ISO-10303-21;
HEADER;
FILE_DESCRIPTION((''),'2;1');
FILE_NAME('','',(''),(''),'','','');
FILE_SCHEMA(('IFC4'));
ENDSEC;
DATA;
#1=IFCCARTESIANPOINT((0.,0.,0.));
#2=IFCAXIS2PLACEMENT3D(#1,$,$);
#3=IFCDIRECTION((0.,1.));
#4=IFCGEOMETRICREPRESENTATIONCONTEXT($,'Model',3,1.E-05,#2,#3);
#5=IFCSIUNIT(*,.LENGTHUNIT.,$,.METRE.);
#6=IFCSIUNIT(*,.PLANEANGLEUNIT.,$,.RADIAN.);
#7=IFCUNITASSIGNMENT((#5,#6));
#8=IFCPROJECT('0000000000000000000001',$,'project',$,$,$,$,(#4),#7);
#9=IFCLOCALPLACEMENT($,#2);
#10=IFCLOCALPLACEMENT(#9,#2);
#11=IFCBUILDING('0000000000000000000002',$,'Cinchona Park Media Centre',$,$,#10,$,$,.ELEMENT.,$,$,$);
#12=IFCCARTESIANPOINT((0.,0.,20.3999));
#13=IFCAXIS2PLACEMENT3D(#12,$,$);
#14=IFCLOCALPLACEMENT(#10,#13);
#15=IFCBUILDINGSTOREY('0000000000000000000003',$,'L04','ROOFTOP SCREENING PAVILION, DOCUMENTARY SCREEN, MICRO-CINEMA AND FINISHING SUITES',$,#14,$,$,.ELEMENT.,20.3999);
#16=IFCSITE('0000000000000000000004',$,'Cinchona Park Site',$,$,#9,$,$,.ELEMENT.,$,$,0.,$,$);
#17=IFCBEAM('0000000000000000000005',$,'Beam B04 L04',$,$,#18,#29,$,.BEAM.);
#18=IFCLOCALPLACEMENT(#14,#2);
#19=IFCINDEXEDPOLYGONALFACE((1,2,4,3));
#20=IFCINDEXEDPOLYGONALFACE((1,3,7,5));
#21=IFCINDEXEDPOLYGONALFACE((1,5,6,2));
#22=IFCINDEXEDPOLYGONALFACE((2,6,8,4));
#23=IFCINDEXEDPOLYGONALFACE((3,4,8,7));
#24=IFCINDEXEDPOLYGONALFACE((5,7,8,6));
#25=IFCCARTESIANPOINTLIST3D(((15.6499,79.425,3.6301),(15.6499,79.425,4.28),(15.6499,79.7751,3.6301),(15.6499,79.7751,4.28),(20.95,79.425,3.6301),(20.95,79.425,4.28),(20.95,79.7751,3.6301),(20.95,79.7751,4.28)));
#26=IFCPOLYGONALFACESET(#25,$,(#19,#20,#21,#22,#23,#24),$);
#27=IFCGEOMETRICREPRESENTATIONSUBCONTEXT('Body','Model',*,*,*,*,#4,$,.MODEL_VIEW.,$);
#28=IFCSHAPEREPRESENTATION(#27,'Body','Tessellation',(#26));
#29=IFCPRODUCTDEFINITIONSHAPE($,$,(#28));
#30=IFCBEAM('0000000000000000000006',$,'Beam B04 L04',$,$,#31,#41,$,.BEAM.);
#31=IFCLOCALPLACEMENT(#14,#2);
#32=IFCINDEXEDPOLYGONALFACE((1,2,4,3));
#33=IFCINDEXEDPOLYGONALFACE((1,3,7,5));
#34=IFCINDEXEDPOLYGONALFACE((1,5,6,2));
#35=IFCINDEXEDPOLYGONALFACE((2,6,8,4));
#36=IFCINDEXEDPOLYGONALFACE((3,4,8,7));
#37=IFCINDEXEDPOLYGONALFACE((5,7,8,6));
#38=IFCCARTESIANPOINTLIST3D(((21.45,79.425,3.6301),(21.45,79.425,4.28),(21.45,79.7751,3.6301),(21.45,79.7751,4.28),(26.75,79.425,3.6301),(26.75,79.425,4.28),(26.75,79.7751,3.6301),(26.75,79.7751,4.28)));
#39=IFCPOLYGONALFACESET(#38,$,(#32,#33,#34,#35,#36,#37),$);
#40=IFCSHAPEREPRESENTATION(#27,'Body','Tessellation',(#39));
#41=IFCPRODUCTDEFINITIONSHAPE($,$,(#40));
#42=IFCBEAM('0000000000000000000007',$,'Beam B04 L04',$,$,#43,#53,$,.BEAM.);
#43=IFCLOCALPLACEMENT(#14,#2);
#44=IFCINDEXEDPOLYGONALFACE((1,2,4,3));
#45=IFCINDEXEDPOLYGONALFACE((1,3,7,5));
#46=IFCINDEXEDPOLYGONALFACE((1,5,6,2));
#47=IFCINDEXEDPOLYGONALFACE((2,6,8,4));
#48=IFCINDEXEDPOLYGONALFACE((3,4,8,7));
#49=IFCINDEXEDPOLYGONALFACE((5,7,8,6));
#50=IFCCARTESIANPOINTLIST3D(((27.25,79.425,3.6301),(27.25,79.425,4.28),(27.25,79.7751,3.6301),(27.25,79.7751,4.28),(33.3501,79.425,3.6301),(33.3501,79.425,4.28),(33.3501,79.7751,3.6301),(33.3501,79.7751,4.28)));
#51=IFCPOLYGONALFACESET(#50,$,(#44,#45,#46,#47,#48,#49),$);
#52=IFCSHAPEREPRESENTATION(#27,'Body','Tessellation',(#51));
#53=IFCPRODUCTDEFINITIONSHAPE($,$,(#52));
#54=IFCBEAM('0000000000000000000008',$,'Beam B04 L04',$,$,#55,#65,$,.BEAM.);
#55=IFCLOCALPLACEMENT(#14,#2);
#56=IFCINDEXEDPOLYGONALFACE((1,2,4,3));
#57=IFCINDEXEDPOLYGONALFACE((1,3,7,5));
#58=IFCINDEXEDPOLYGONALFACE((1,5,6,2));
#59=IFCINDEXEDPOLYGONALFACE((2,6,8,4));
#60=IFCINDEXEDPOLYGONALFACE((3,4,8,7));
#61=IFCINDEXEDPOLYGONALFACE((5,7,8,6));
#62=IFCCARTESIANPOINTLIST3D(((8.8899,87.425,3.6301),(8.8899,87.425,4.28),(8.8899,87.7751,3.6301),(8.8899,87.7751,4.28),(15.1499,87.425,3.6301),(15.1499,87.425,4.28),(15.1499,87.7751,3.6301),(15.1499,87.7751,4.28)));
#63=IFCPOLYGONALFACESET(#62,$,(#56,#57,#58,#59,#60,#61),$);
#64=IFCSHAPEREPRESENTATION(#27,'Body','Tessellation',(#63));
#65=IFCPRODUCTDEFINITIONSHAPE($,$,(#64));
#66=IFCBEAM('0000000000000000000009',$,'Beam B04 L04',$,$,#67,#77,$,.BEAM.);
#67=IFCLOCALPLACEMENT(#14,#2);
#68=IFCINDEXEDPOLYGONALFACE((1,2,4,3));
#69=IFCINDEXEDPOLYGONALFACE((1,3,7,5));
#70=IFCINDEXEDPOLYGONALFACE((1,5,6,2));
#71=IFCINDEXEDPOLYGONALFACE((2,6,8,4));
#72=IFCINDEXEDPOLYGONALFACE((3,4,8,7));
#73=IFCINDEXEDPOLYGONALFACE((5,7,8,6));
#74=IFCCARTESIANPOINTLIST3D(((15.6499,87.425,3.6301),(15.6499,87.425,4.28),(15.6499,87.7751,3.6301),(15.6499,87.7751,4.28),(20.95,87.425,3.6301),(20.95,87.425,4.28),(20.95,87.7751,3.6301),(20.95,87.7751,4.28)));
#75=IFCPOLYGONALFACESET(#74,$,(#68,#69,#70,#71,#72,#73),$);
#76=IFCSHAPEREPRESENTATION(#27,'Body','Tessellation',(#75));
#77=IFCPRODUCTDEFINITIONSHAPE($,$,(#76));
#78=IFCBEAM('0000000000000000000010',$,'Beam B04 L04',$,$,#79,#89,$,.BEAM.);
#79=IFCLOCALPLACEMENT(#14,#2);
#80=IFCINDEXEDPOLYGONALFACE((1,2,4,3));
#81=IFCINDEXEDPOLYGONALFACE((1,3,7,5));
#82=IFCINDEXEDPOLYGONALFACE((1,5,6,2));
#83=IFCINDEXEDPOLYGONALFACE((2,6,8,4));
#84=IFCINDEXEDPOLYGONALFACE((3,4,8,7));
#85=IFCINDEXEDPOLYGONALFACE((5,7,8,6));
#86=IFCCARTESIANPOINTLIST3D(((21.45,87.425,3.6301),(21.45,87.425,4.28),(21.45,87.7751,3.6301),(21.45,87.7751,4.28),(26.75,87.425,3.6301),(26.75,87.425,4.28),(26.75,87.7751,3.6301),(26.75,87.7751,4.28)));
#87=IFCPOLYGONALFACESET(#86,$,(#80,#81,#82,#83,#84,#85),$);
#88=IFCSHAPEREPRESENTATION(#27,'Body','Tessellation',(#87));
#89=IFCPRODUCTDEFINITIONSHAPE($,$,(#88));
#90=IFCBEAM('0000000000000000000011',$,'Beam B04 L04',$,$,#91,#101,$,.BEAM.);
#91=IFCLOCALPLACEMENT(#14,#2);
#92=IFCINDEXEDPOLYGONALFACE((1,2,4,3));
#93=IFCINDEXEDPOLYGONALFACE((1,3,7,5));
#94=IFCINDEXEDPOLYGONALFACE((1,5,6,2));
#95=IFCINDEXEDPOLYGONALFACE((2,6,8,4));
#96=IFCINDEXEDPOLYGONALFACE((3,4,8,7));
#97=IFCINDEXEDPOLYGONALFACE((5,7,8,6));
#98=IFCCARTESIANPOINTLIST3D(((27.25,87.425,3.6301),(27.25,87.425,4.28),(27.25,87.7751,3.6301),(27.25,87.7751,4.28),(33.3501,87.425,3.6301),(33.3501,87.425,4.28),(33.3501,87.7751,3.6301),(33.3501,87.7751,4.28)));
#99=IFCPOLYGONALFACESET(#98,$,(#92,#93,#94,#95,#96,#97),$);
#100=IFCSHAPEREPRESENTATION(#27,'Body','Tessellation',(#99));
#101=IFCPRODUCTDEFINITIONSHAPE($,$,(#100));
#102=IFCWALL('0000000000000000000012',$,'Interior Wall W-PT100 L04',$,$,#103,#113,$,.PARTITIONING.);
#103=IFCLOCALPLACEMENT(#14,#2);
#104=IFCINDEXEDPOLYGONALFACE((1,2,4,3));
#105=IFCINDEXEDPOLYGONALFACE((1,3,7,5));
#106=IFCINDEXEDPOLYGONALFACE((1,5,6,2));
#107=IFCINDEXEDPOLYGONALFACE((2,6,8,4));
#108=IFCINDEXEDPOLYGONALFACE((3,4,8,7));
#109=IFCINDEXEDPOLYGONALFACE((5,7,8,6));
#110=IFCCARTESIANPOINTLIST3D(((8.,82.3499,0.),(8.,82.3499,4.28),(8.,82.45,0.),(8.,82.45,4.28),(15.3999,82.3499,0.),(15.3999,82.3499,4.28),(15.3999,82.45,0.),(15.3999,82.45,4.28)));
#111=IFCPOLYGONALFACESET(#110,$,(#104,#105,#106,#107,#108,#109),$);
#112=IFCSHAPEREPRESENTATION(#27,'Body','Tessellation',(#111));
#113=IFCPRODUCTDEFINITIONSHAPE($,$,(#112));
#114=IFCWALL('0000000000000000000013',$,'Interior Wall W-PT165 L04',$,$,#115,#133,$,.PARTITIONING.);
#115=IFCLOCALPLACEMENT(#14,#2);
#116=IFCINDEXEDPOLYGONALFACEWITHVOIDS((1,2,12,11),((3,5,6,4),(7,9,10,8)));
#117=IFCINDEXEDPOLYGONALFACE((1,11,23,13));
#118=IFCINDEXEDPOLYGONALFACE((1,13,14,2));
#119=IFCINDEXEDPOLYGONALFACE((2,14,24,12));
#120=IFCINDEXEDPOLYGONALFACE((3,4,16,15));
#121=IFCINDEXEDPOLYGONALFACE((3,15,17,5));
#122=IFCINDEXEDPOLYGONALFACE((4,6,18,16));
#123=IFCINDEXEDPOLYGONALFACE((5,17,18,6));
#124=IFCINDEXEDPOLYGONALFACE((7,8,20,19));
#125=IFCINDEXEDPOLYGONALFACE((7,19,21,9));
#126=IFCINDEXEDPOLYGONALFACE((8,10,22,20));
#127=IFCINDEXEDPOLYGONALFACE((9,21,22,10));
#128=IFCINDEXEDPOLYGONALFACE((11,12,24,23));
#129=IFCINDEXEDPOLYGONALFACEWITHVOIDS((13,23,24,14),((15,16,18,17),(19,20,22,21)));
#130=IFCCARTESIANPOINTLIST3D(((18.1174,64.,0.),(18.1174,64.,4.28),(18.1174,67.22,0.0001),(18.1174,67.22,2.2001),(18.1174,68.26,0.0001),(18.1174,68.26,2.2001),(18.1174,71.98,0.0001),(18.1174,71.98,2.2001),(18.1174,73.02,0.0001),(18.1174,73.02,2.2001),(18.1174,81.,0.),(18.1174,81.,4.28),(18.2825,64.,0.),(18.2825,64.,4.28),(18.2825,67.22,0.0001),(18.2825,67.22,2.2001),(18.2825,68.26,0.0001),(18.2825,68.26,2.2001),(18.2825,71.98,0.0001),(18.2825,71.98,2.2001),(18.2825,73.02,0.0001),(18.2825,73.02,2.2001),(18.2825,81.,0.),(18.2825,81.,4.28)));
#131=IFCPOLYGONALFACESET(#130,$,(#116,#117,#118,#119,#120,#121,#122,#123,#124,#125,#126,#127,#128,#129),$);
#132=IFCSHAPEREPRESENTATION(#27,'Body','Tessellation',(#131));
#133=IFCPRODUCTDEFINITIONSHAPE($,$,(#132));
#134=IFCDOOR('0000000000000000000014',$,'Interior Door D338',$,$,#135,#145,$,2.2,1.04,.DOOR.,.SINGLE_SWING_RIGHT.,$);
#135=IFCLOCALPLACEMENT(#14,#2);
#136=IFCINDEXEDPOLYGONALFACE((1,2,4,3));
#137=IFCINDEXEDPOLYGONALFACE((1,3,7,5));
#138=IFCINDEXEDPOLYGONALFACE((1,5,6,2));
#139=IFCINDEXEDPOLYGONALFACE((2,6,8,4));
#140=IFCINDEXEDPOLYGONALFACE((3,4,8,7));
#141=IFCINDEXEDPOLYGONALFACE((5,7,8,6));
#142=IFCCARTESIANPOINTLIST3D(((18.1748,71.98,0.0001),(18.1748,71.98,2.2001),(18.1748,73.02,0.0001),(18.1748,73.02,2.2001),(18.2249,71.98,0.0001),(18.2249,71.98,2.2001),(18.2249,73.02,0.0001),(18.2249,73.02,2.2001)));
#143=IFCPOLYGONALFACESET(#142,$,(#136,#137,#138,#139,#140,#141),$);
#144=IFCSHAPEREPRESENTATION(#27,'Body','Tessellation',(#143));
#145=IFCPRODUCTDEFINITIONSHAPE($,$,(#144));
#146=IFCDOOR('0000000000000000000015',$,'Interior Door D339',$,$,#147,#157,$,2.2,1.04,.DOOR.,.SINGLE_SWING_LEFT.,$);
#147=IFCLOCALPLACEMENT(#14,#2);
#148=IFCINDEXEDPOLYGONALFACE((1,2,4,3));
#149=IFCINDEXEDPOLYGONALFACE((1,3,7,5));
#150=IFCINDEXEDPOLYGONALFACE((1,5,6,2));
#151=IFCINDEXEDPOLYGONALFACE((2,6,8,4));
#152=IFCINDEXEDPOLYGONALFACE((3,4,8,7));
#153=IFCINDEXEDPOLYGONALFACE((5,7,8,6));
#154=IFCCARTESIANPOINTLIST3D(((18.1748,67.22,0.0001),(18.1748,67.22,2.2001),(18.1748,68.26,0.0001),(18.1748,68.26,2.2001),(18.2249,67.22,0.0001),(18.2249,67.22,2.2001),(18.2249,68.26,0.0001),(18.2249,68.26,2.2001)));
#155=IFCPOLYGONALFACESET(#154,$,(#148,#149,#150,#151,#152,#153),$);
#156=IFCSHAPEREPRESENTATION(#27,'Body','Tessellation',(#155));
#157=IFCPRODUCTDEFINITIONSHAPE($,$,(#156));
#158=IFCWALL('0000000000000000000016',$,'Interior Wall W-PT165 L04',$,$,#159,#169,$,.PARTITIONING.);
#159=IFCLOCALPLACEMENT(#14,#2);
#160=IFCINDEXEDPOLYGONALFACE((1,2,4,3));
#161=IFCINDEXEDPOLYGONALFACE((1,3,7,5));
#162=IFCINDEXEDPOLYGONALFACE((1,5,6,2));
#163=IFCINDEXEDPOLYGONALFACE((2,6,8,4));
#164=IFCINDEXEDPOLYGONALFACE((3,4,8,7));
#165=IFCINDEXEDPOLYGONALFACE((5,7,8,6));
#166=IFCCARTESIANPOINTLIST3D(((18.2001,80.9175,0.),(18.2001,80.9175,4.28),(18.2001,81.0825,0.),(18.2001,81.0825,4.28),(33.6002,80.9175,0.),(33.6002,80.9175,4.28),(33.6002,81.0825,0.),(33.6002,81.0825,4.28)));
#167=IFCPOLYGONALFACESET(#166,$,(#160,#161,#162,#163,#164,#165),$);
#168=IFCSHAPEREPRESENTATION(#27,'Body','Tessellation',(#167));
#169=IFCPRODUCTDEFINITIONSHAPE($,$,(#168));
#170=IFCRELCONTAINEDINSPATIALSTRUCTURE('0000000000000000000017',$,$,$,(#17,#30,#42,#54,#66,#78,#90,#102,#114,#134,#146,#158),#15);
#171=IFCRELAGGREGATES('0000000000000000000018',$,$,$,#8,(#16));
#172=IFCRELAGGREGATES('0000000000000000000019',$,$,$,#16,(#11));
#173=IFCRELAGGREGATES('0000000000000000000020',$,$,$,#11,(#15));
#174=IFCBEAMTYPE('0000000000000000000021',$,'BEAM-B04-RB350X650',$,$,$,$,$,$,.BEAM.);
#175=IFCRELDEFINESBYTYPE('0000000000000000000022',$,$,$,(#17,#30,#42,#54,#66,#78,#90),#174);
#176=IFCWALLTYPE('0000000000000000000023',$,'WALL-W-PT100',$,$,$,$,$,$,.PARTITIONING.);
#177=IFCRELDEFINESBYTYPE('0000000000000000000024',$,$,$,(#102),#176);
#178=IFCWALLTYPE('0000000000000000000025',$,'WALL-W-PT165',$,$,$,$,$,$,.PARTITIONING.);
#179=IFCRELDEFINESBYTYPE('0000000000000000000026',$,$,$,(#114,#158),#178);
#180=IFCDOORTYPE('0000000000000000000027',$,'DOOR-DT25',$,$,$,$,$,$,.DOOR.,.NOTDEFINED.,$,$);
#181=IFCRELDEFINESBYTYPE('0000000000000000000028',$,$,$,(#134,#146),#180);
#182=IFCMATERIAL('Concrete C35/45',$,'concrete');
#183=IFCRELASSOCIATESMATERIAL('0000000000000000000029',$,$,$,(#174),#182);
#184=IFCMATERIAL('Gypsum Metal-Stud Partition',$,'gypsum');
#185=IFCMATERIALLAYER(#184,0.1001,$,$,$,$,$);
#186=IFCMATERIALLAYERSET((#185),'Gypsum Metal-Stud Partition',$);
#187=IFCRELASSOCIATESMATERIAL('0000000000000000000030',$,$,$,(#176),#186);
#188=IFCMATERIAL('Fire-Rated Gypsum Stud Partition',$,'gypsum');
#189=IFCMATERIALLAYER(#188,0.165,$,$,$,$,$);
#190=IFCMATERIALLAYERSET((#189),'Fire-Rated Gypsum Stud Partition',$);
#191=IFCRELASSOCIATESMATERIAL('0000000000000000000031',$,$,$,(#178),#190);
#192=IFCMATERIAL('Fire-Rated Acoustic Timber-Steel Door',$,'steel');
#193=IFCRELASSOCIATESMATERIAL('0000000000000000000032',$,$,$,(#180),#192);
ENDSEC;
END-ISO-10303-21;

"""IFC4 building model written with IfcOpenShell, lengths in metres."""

from ifc_helpers import new_model, si_unit, direction, frame, frame_2d, origin, origin_2d, place, context, subcontext, project, spatial, rectangle, extrude, material, layer, layer_set, material_profile, profile_set, type_object, element, fill, save


model = new_model("IFC4")

# Units and contexts
model_context = context("Model", 3, precision=1e-05, world=origin(), true_north=direction((0.0, 1.0)))
body_context = subcontext(model_context, "Body", "Model", "MODEL_VIEW")
ifc_project = project(units=[si_unit("LENGTHUNIT", "METRE"), si_unit("PLANEANGLEUNIT", "RADIAN")], contexts=[model_context])

# Site, building, storey
site_placement = place(None, origin())
site = spatial("IfcSite", under=ifc_project, at=site_placement, Name="Cinchona Park Site", CompositionType="ELEMENT", RefElevation=0.0)
building_placement = place(site_placement, origin())
building = spatial("IfcBuilding", under=site, at=building_placement, Name="Cinchona Park Media Centre", CompositionType="ELEMENT")
storey_placement = place(building_placement, frame((0.0, 0.0, 20.3999)))
storey = spatial("IfcBuildingStorey", under=building, at=storey_placement, Name="L04", Description="ROOFTOP SCREENING PAVILION, DOCUMENTARY SCREEN, MICRO-CINEMA AND FINISHING SUITES", CompositionType="ELEMENT", Elevation=20.3999)

# Beams
ifc_material_1 = material(Name="Concrete C35/45", Category="concrete")
ifc_material_profile_1 = material_profile(ifc_material_1, rectangle(XDim=0.3501, YDim=0.6499, at=origin_2d()), Name="RB 350X650")
ifc_profile_set_1 = profile_set([ifc_material_profile_1], Name="Concrete C35/45")
beam_type_1 = type_object("IfcBeamType", Name="BEAM-B04-RB350X650", PredefinedType="BEAM", material=ifc_profile_set_1)
for number, where, z_axis, x_axis, name in (
    (1, (15.6499, 79.6001, 3.9551), (1.0, 0.0, 0.0), (0.0, 1.0, 0.0), "Beam B04 L04"),
    (2, (21.45, 79.6001, 3.9551), (1.0, 0.0, 0.0), (0.0, 1.0, 0.0), "Beam B04 L04"),
):
    element("IfcBeam", number, at=place(storey_placement, frame(where, z_axis=z_axis, x_axis=x_axis)), inside=storey, type_object=beam_type_1, Name=name, PredefinedType="BEAM", context=body_context, shape_type="SweptSolid", body=[
        extrude(rectangle(XDim=0.3501, YDim=0.6499, at=origin_2d()), origin(), (0.0, 0.0, 1.0), 5.3),
    ])
beam_1_placement = place(storey_placement, frame((27.25, 79.6001, 3.9551), z_axis=(1.0, 0.0, 0.0), x_axis=(0.0, 1.0, 0.0)))
element("IfcBeam", 3, at=beam_1_placement, inside=storey, type_object=beam_type_1, Name="Beam B04 L04", PredefinedType="BEAM", context=body_context, shape_type="SweptSolid", body=[
    extrude(rectangle(XDim=0.3501, YDim=0.6499, at=origin_2d()), origin(), (0.0, 0.0, 1.0), 6.1001),
])
beam_2_placement = place(storey_placement, frame((8.8899, 87.6001, 3.9551), z_axis=(1.0, 0.0, 0.0), x_axis=(0.0, 1.0, 0.0)))
element("IfcBeam", 4, at=beam_2_placement, inside=storey, type_object=beam_type_1, Name="Beam B04 L04", PredefinedType="BEAM", context=body_context, shape_type="SweptSolid", body=[
    extrude(rectangle(XDim=0.3501, YDim=0.6499, at=origin_2d()), origin(), (0.0, 0.0, 1.0), 6.26),
])
for number, where, z_axis, x_axis, name in (
    (5, (15.6499, 87.6001, 3.9551), (1.0, 0.0, 0.0), (0.0, 1.0, 0.0), "Beam B04 L04"),
    (6, (21.45, 87.6001, 3.9551), (1.0, 0.0, 0.0), (0.0, 1.0, 0.0), "Beam B04 L04"),
):
    element("IfcBeam", number, at=place(storey_placement, frame(where, z_axis=z_axis, x_axis=x_axis)), inside=storey, type_object=beam_type_1, Name=name, PredefinedType="BEAM", context=body_context, shape_type="SweptSolid", body=[
        extrude(rectangle(XDim=0.3501, YDim=0.6499, at=origin_2d()), origin(), (0.0, 0.0, 1.0), 5.3),
    ])
beam_3_placement = place(storey_placement, frame((27.25, 87.6001, 3.9551), z_axis=(1.0, 0.0, 0.0), x_axis=(0.0, 1.0, 0.0)))
element("IfcBeam", 7, at=beam_3_placement, inside=storey, type_object=beam_type_1, Name="Beam B04 L04", PredefinedType="BEAM", context=body_context, shape_type="SweptSolid", body=[
    extrude(rectangle(XDim=0.3501, YDim=0.6499, at=origin_2d()), origin(), (0.0, 0.0, 1.0), 6.1001),
])

# Wall
ifc_material_2 = material(Name="Gypsum Metal-Stud Partition", Category="gypsum")
ifc_layer_1 = layer(ifc_material_2, 0.1001)
ifc_layer_set_1 = layer_set([ifc_layer_1], Name="Gypsum Metal-Stud Partition")
wall_type_1 = type_object("IfcWallType", Name="WALL-W-PT100", PredefinedType="PARTITIONING", material=ifc_layer_set_1)
wall_1_placement = place(storey_placement, frame((8.0, 82.3999, 0.0), z_axis=(0.0, 0.0, 1.0), x_axis=(1.0, 0.0, 0.0)))
element("IfcWall", 8, at=wall_1_placement, inside=storey, type_object=wall_type_1, Name="Interior Wall W-PT100 L04", PredefinedType="PARTITIONING", context=body_context, shape_type="SweptSolid", body=[
    extrude(rectangle(XDim=7.3999, YDim=0.1001, at=frame_2d((3.7, 0.0))), origin(), (0.0, 0.0, 1.0), 4.28),
])

# Wall, openings, doors
ifc_material_3 = material(Name="Fire-Rated Gypsum Stud Partition", Category="gypsum")
ifc_layer_2 = layer(ifc_material_3, 0.165)
ifc_layer_set_2 = layer_set([ifc_layer_2], Name="Fire-Rated Gypsum Stud Partition")
wall_type_2 = type_object("IfcWallType", Name="WALL-W-PT165", PredefinedType="PARTITIONING", material=ifc_layer_set_2)
wall_2_placement = place(storey_placement, frame((18.2, 81.0, 0.0), z_axis=(0.0, 0.0, 1.0), x_axis=(0.0, -1.0, 0.0)))
wall_2 = element("IfcWall", 9, at=wall_2_placement, inside=storey, type_object=wall_type_2, Name="Interior Wall W-PT165 L04", PredefinedType="PARTITIONING", context=body_context, shape_type="SweptSolid", body=[
    extrude(rectangle(XDim=17.0, YDim=0.165, at=frame_2d((8.5, 0.0))), origin(), (0.0, 0.0, 1.0), 4.28),
])
opening_1_placement = place(wall_2_placement, frame((7.98, 0.0, 0.0)))
opening_1 = element("IfcOpeningElement", 10, at=opening_1_placement, cuts=wall_2, PredefinedType="OPENING", context=body_context, shape_type="SweptSolid", body=[
    extrude(rectangle(XDim=1.04, YDim=2.2, at=frame_2d((0.52, 1.1001))), frame((0.0, 0.0925, 0.0), z_axis=(0.0, -1.0, 0.0), x_axis=(1.0, 0.0, 0.0)), (0.0, 0.0, 1.0), 0.1851),
])
opening_2_placement = place(wall_2_placement, frame((12.74, 0.0, 0.0)))
opening_2 = element("IfcOpeningElement", 11, at=opening_2_placement, cuts=wall_2, PredefinedType="OPENING", context=body_context, shape_type="SweptSolid", body=[
    extrude(rectangle(XDim=1.04, YDim=2.2, at=frame_2d((0.52, 1.1001))), frame((0.0, 0.0925, 0.0), z_axis=(0.0, -1.0, 0.0), x_axis=(1.0, 0.0, 0.0)), (0.0, 0.0, 1.0), 0.1851),
])
ifc_material_4 = material(Name="Fire-Rated Acoustic Timber-Steel Door", Category="steel")
door_type_1 = type_object("IfcDoorType", Name="DOOR-DT25", OperationType="NOTDEFINED", PredefinedType="DOOR", material=ifc_material_4)
door_1_placement = place(opening_1_placement, origin())
door_1 = element("IfcDoor", 12, at=door_1_placement, inside=storey, type_object=door_type_1, Name="Interior Door D338", OperationType="SINGLE_SWING_RIGHT", OverallHeight=2.2, OverallWidth=1.04, PredefinedType="DOOR", context=body_context, shape_type="SweptSolid", body=[
    extrude(rectangle(XDim=1.04, YDim=2.2, at=frame_2d((0.52, 1.1001))), frame((0.0, 0.0249, 0.0), z_axis=(0.0, -1.0, 0.0), x_axis=(1.0, 0.0, 0.0)), (0.0, 0.0, 1.0), 0.05),
])
fill(opening_1, door_1)
door_2_placement = place(opening_2_placement, origin())
door_2 = element("IfcDoor", 13, at=door_2_placement, inside=storey, type_object=door_type_1, Name="Interior Door D339", OperationType="SINGLE_SWING_LEFT", OverallHeight=2.2, OverallWidth=1.04, PredefinedType="DOOR", context=body_context, shape_type="SweptSolid", body=[
    extrude(rectangle(XDim=1.04, YDim=2.2, at=frame_2d((0.52, 1.1001))), frame((0.0, 0.0249, 0.0), z_axis=(0.0, -1.0, 0.0), x_axis=(1.0, 0.0, 0.0)), (0.0, 0.0, 1.0), 0.05),
])
fill(opening_2, door_2)

# Wall
wall_3_placement = place(storey_placement, frame((18.2, 81.0, 0.0), z_axis=(0.0, 0.0, 1.0), x_axis=(1.0, 0.0, 0.0)))
element("IfcWall", 14, at=wall_3_placement, inside=storey, type_object=wall_type_2, Name="Interior Wall W-PT165 L04", PredefinedType="PARTITIONING", context=body_context, shape_type="SweptSolid", body=[
    extrude(rectangle(XDim=15.4001, YDim=0.165, at=frame_2d((7.7002, 0.0))), origin(), (0.0, 0.0, 1.0), 4.28),
])

save(model, "model.ifc")
